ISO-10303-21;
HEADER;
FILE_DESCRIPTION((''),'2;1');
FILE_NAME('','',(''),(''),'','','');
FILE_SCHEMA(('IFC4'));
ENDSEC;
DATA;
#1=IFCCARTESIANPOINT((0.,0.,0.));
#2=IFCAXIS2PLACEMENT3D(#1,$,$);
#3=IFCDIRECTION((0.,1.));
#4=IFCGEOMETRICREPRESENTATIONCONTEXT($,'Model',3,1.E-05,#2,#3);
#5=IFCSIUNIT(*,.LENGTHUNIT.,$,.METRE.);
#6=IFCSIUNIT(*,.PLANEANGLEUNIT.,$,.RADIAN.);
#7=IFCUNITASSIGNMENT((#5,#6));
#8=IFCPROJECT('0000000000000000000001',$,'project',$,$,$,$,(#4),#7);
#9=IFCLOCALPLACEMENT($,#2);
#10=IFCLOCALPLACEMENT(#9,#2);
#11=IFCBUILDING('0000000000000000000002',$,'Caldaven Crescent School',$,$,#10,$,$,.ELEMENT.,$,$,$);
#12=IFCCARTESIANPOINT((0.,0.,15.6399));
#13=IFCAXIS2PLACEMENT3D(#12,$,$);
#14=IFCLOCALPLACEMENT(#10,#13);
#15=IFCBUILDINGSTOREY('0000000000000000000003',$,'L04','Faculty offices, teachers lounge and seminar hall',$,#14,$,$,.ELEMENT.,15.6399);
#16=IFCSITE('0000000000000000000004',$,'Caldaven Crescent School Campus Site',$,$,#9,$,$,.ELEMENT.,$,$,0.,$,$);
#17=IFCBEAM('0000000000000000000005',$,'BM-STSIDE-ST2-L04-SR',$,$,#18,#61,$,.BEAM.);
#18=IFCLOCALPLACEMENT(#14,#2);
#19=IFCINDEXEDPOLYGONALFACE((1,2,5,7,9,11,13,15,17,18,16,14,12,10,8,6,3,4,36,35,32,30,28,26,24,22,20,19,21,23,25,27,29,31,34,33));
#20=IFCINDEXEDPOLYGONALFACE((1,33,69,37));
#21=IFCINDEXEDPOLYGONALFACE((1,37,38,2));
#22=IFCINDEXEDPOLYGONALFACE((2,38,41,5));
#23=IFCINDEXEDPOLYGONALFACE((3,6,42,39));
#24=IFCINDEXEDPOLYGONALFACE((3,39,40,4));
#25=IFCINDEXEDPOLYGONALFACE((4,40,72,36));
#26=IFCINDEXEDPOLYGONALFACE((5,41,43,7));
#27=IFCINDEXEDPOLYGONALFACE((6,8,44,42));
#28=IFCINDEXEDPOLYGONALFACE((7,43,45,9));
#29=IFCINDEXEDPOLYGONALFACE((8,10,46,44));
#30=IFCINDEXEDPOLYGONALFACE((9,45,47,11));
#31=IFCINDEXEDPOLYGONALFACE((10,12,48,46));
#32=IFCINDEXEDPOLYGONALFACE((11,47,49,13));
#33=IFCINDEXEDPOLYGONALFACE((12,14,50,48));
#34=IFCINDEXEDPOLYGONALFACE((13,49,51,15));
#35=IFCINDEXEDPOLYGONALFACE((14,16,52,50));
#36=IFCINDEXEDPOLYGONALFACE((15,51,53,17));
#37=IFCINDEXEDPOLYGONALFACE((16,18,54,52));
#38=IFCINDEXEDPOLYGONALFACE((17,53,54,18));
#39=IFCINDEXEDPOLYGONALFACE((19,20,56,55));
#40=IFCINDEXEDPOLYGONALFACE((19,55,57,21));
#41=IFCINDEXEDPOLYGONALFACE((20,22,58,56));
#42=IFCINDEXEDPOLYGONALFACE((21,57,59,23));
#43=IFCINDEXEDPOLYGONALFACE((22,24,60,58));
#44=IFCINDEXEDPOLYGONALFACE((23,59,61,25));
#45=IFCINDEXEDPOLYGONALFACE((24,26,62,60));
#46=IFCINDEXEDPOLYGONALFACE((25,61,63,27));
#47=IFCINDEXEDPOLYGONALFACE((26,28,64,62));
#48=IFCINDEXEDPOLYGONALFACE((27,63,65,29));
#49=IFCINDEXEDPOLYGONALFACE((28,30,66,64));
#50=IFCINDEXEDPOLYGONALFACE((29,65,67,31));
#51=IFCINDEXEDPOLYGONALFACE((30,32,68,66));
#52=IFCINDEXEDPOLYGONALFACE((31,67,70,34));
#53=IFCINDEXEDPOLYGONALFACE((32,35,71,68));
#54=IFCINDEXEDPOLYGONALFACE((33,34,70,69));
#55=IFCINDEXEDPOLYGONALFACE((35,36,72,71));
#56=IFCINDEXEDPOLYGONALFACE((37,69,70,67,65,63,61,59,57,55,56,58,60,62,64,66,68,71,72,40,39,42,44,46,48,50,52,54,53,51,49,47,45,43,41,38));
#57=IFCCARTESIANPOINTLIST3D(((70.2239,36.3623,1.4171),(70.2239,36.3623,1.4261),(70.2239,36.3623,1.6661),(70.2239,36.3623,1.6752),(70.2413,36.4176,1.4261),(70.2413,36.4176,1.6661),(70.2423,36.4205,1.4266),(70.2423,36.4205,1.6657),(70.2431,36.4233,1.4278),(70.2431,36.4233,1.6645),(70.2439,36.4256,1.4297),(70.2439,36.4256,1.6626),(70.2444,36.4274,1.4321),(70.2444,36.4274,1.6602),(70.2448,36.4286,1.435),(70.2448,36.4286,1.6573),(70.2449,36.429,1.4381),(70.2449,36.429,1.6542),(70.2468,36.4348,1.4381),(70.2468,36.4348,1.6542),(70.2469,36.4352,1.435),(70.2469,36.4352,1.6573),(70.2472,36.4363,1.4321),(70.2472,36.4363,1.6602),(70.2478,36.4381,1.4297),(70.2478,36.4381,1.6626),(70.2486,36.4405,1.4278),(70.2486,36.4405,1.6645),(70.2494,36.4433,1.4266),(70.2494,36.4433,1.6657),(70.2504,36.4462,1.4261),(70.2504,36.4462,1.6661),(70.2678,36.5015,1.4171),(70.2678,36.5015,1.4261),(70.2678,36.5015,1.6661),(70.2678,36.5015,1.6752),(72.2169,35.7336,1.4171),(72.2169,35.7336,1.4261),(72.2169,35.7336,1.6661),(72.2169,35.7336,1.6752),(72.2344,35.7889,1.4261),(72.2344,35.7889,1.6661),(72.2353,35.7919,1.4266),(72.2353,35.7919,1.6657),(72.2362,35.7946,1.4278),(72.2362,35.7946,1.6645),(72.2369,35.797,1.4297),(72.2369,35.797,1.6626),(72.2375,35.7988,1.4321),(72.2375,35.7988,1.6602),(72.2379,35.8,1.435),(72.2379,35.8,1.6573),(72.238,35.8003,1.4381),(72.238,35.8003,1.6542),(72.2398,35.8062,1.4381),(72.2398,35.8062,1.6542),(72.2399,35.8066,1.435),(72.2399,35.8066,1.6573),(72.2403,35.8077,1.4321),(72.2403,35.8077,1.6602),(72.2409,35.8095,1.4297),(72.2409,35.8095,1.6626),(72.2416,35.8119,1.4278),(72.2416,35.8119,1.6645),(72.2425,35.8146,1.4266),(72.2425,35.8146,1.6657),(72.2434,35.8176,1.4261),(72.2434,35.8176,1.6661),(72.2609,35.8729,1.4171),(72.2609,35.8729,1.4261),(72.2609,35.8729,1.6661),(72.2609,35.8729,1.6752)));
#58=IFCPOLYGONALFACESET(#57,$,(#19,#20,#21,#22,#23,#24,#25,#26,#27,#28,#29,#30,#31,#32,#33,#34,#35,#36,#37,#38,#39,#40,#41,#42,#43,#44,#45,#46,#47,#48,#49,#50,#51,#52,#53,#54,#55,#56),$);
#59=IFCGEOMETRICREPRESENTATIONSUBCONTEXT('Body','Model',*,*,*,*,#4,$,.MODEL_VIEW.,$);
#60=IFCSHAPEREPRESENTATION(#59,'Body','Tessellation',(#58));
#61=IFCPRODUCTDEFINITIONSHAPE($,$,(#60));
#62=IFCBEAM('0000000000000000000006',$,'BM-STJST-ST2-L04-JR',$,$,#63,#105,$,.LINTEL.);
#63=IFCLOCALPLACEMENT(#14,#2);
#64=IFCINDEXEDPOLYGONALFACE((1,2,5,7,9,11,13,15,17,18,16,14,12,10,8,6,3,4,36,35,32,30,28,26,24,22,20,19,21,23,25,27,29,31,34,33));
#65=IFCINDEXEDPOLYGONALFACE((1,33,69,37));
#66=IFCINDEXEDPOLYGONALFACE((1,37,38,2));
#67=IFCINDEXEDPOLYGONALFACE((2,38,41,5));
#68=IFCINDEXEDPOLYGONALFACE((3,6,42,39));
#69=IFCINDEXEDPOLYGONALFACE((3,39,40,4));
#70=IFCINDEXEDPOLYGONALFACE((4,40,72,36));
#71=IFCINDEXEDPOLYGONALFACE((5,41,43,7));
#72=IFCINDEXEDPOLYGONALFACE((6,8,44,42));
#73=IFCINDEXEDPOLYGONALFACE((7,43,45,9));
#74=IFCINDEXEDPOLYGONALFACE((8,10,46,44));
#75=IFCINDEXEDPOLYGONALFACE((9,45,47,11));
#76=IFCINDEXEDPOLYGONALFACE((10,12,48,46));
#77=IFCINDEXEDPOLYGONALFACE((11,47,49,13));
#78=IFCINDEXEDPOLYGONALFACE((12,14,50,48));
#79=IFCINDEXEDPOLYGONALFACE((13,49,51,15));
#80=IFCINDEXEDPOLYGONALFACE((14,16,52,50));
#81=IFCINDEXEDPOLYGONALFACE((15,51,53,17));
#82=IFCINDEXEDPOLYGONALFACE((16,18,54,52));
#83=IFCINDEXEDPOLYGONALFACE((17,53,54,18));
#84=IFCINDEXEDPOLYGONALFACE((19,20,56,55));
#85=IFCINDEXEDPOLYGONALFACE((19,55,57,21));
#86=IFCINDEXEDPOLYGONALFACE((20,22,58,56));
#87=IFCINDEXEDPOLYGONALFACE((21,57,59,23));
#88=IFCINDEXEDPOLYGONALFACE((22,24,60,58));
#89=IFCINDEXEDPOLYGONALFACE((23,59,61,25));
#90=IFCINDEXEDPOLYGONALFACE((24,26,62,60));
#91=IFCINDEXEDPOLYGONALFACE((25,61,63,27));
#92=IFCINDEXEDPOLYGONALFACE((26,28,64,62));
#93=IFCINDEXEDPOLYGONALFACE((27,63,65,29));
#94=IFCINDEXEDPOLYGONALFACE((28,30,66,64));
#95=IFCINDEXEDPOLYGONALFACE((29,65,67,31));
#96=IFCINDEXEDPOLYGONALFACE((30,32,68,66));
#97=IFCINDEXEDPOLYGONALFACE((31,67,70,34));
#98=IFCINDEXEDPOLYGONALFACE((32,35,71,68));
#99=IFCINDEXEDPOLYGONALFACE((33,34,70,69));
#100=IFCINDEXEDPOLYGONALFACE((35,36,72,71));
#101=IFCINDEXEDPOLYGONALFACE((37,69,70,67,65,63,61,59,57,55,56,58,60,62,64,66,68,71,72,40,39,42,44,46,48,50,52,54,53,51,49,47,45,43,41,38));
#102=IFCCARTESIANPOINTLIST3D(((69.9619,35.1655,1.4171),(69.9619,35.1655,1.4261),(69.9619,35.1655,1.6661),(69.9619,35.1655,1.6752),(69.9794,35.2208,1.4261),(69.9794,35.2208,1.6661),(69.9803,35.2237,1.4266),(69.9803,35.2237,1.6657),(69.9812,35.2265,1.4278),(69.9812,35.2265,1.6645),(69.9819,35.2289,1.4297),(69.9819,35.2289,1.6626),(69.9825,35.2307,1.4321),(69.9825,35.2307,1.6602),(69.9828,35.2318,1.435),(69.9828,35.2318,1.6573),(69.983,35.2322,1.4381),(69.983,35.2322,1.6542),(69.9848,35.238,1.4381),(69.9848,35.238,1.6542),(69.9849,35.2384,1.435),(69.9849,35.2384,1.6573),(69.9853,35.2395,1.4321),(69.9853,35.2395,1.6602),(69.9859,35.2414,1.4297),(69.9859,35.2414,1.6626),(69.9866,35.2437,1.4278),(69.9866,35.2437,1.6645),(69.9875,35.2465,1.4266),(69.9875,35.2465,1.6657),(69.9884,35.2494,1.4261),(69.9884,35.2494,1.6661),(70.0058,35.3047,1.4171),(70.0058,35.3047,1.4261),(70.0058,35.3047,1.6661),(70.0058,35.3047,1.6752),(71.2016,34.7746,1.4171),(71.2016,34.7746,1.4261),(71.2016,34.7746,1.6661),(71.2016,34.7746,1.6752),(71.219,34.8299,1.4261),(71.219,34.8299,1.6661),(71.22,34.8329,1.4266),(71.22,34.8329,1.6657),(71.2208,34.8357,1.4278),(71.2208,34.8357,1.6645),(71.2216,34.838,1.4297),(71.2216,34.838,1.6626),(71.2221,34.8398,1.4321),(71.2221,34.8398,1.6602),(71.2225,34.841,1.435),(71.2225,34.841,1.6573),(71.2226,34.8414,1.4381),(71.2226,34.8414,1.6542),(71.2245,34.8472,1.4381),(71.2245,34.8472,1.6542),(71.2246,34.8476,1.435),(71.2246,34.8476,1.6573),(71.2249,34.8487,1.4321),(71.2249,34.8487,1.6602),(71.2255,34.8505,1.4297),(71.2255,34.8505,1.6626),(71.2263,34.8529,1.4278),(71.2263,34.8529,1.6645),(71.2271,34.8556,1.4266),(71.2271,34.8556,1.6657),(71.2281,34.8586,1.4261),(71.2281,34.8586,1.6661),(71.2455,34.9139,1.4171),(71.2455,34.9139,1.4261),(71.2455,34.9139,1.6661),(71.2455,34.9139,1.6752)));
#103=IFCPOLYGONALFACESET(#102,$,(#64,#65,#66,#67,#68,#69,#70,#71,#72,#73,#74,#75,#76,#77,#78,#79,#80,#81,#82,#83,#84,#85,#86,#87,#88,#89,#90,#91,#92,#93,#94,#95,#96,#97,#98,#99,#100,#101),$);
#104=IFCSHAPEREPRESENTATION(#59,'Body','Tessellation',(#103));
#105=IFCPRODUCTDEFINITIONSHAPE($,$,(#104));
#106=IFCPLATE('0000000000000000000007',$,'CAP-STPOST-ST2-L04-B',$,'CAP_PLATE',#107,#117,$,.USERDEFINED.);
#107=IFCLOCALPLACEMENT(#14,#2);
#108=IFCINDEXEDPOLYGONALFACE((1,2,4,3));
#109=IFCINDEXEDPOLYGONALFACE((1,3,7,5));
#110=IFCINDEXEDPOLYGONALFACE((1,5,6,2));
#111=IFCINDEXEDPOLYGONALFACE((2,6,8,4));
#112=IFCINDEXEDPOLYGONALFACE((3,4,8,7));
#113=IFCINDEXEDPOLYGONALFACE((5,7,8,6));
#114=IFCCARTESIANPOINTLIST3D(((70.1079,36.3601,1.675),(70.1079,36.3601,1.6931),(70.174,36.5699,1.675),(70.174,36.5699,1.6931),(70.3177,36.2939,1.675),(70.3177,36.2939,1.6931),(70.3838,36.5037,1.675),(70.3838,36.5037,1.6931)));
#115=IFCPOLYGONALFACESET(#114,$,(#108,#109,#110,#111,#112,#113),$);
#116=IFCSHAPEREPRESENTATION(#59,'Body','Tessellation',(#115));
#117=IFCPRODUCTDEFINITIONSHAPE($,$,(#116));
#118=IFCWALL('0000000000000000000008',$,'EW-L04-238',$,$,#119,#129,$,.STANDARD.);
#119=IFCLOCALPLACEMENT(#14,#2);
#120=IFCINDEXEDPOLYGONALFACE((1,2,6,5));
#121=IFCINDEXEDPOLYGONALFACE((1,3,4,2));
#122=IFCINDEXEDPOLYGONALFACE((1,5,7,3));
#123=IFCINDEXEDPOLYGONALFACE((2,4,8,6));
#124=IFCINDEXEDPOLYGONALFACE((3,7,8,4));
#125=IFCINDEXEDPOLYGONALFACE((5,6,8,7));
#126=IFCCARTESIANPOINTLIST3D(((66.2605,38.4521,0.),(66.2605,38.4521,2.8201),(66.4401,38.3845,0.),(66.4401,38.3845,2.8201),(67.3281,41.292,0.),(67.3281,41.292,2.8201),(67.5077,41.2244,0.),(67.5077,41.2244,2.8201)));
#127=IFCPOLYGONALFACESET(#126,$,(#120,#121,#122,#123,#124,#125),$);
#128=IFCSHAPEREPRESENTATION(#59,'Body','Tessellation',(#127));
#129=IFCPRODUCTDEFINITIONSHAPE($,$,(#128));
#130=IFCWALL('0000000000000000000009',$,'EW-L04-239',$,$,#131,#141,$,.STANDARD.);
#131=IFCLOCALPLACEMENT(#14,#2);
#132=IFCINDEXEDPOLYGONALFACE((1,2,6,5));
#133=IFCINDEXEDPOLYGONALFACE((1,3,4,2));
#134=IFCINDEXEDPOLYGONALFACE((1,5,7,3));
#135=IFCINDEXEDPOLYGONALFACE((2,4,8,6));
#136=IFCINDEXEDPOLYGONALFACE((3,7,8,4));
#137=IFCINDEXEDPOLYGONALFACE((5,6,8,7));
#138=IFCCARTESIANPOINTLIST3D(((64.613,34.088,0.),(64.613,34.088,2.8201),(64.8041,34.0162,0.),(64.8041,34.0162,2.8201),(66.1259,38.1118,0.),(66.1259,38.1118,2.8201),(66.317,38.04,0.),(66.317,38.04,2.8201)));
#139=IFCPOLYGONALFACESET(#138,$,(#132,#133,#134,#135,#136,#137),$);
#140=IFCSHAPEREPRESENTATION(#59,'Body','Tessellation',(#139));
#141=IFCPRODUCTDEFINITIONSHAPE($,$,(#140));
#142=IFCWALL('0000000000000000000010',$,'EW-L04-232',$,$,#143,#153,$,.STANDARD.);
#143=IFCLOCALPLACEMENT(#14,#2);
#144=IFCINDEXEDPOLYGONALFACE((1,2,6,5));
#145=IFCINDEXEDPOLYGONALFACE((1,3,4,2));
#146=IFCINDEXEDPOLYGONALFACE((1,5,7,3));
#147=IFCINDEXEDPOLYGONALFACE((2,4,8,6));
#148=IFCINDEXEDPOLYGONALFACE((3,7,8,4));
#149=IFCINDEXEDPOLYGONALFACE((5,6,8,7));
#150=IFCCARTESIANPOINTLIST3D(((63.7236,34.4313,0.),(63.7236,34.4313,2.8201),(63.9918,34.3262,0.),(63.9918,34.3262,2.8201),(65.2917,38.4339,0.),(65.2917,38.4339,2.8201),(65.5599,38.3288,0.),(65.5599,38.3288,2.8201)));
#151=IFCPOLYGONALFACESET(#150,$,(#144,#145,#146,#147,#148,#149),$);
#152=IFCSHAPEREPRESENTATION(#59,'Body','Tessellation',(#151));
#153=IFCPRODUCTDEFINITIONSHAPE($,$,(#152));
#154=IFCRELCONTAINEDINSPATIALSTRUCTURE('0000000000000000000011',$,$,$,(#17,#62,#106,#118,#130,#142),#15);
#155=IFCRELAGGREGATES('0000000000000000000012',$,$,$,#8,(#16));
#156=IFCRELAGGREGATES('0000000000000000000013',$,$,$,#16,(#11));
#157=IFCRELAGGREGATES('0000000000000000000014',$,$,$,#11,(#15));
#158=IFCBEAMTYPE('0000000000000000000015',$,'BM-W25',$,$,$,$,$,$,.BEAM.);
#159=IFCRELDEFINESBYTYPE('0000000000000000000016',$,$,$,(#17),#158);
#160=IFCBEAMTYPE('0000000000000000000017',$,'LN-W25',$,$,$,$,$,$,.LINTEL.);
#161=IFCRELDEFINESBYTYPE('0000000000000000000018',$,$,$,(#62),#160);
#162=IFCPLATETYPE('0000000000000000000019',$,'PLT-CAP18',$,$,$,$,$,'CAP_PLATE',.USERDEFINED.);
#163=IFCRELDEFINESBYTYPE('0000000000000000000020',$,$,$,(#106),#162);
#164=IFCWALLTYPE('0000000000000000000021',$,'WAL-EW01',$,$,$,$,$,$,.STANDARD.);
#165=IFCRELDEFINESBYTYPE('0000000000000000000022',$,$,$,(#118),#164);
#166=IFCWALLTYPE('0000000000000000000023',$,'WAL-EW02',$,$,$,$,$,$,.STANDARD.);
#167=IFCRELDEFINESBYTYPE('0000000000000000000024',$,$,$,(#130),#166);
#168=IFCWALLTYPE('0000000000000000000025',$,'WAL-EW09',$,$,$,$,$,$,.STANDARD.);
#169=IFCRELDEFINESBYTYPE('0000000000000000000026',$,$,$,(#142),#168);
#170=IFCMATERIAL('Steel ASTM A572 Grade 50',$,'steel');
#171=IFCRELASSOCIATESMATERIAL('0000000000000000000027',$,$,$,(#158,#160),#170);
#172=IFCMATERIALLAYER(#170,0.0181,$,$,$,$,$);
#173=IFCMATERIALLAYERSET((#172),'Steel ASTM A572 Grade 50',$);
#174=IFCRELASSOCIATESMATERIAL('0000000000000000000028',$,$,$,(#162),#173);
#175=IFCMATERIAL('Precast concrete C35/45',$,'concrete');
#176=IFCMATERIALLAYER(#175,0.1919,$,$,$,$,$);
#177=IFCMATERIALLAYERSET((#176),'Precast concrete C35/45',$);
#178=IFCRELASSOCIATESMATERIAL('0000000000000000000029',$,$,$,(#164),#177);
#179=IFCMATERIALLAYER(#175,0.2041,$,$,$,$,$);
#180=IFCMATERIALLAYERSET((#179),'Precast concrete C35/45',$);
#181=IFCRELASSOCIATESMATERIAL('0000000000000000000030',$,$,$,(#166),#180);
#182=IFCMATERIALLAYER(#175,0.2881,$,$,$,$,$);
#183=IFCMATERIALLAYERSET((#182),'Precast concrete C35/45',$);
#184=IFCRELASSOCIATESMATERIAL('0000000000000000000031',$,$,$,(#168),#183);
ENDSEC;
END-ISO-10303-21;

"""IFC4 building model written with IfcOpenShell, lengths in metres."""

from ifc_helpers import new_model, si_unit, direction, frame, frame_2d, origin, origin_2d, place, context, subcontext, project, spatial, rectangle, i_section, extrude, material, layer, layer_set, material_profile, profile_set, type_object, element, save


model = new_model("IFC4")

# Units and contexts
model_context = context("Model", 3, precision=1e-05, world=origin(), true_north=direction((0.0, 1.0)))
body_context = subcontext(model_context, "Body", "Model", "MODEL_VIEW")
ifc_project = project(units=[si_unit("LENGTHUNIT", "METRE"), si_unit("PLANEANGLEUNIT", "RADIAN")], contexts=[model_context])

# Site, building, storey
site_placement = place(None, origin())
site = spatial("IfcSite", under=ifc_project, at=site_placement, Name="Caldaven Crescent School Campus Site", CompositionType="ELEMENT", RefElevation=0.0)
building_placement = place(site_placement, origin())
building = spatial("IfcBuilding", under=site, at=building_placement, Name="Caldaven Crescent School", CompositionType="ELEMENT")
storey_placement = place(building_placement, frame((0.0, 0.0, 15.6399)))
storey = spatial("IfcBuildingStorey", under=building, at=storey_placement, Name="L04", Description="Faculty offices, teachers lounge and seminar hall", CompositionType="ELEMENT", Elevation=15.6399)

# Shared definitions
ifc_material_1 = material(Name="Steel ASTM A572 Grade 50", Category="steel")

# Beams
ifc_material_profile_1 = material_profile(ifc_material_1, i_section(OverallWidth=0.146, OverallDepth=0.2581, WebThickness=0.0061, FlangeThickness=0.009, FilletRadius=0.012, at=origin_2d()), Name="W250x33")
ifc_profile_set_1 = profile_set([ifc_material_profile_1], Name="Steel ASTM A572 Grade 50")
beam_type_1 = type_object("IfcBeamType", Name="BM-W25", PredefinedType="BEAM", material=ifc_profile_set_1)
beam_1_placement = place(storey_placement, frame((70.2458, 36.4319, 1.5461), z_axis=(0.953687, -0.300801, 0.0), x_axis=(0.300801, 0.953687, 0.0)))
element("IfcBeam", 1, at=beam_1_placement, inside=storey, type_object=beam_type_1, Name="BM-STSIDE-ST2-L04-SR", PredefinedType="BEAM", context=body_context, shape_type="SweptSolid", body=[
    extrude(i_section(OverallWidth=0.146, OverallDepth=0.2581, WebThickness=0.0061, FlangeThickness=0.009, FilletRadius=0.012, at=origin_2d()), origin(), (0.0, 0.0, 1.0), 2.0898),
])
ifc_material_profile_2 = material_profile(ifc_material_1, i_section(OverallWidth=0.146, OverallDepth=0.2581, WebThickness=0.0061, FlangeThickness=0.009, FilletRadius=0.012, at=origin_2d()), Name="W250x33")
ifc_profile_set_2 = profile_set([ifc_material_profile_2], Name="Steel ASTM A572 Grade 50")
beam_type_2 = type_object("IfcBeamType", Name="LN-W25", PredefinedType="LINTEL", material=ifc_profile_set_2)
beam_2_placement = place(storey_placement, frame((69.9839, 35.2351, 1.5461), z_axis=(0.953722, -0.300691, 0.0), x_axis=(0.300691, 0.953722, 0.0)))
element("IfcBeam", 2, at=beam_2_placement, inside=storey, type_object=beam_type_2, Name="BM-STJST-ST2-L04-JR", PredefinedType="LINTEL", context=body_context, shape_type="SweptSolid", body=[
    extrude(i_section(OverallWidth=0.146, OverallDepth=0.2581, WebThickness=0.0061, FlangeThickness=0.009, FilletRadius=0.012, at=origin_2d()), origin(), (0.0, 0.0, 1.0), 1.2998),
])

# Plate
ifc_layer_1 = layer(ifc_material_1, 0.0181)
ifc_layer_set_1 = layer_set([ifc_layer_1], Name="Steel ASTM A572 Grade 50")
plate_type = type_object("IfcPlateType", Name="PLT-CAP18", ElementType="CAP_PLATE", PredefinedType="USERDEFINED", material=ifc_layer_set_1)
plate_placement = place(storey_placement, frame((70.2458, 36.4319, 1.675), z_axis=(0.0, 0.0, 1.0), x_axis=(0.953717, -0.300706, 0.0)))
element("IfcPlate", 3, at=plate_placement, inside=storey, type_object=plate_type, Name="CAP-STPOST-ST2-L04-B", ObjectType="CAP_PLATE", PredefinedType="USERDEFINED", context=body_context, shape_type="SweptSolid", body=[
    extrude(rectangle(XDim=0.22, YDim=0.22, at=origin_2d()), origin(), (0.0, 0.0, 1.0), 0.0181),
])

# Walls
ifc_material_2 = material(Name="Precast concrete C35/45", Category="concrete")
ifc_layer_2 = layer(ifc_material_2, 0.1919)
ifc_layer_set_2 = layer_set([ifc_layer_2], Name="Precast concrete C35/45")
wall_type_1 = type_object("IfcWallType", Name="WAL-EW01", PredefinedType="STANDARD", material=ifc_layer_set_2)
wall_1_placement = place(storey_placement, frame((67.418, 41.2583, 0.0), z_axis=(0.0, 0.0, 1.0), x_axis=(-0.351899, -0.936038, 0.0)))
element("IfcWall", 4, at=wall_1_placement, inside=storey, type_object=wall_type_1, Name="EW-L04-238", PredefinedType="STANDARD", context=body_context, shape_type="SweptSolid", body=[
    extrude(rectangle(XDim=3.0339, YDim=0.1919, at=frame_2d((1.5171, 0.0))), origin(), (0.0, 0.0, 1.0), 2.8201),
])
ifc_layer_3 = layer(ifc_material_2, 0.2041)
ifc_layer_set_3 = layer_set([ifc_layer_3], Name="Precast concrete C35/45")
wall_type_2 = type_object("IfcWallType", Name="WAL-EW02", PredefinedType="STANDARD", material=ifc_layer_set_3)
wall_2_placement = place(storey_placement, frame((66.2214, 38.0759, 0.0), z_axis=(0.0, 0.0, 1.0), x_axis=(-0.351932, -0.936025, 0.0)))
element("IfcWall", 5, at=wall_2_placement, inside=storey, type_object=wall_type_2, Name="EW-L04-239", PredefinedType="STANDARD", context=body_context, shape_type="SweptSolid", body=[
    extrude(rectangle(XDim=4.2988, YDim=0.2041, at=frame_2d((2.1494, 0.0))), origin(), (0.0, 0.0, 1.0), 2.8201),
])
ifc_layer_4 = layer(ifc_material_2, 0.2881)
ifc_layer_set_4 = layer_set([ifc_layer_4], Name="Precast concrete C35/45")
wall_type_3 = type_object("IfcWallType", Name="WAL-EW09", PredefinedType="STANDARD", material=ifc_layer_set_4)
wall_3_placement = place(storey_placement, frame((65.4258, 38.3813, 0.0), z_axis=(0.0, 0.0, 1.0), x_axis=(-0.364772, -0.931097, 0.0)))
element("IfcWall", 6, at=wall_3_placement, inside=storey, type_object=wall_type_3, Name="EW-L04-232", PredefinedType="STANDARD", context=body_context, shape_type="SweptSolid", body=[
    extrude(rectangle(XDim=4.2988, YDim=0.2881, at=frame_2d((2.1494, 0.0))), origin(), (0.0, 0.0, 1.0), 2.8201),
])

save(model, "model.ifc")
